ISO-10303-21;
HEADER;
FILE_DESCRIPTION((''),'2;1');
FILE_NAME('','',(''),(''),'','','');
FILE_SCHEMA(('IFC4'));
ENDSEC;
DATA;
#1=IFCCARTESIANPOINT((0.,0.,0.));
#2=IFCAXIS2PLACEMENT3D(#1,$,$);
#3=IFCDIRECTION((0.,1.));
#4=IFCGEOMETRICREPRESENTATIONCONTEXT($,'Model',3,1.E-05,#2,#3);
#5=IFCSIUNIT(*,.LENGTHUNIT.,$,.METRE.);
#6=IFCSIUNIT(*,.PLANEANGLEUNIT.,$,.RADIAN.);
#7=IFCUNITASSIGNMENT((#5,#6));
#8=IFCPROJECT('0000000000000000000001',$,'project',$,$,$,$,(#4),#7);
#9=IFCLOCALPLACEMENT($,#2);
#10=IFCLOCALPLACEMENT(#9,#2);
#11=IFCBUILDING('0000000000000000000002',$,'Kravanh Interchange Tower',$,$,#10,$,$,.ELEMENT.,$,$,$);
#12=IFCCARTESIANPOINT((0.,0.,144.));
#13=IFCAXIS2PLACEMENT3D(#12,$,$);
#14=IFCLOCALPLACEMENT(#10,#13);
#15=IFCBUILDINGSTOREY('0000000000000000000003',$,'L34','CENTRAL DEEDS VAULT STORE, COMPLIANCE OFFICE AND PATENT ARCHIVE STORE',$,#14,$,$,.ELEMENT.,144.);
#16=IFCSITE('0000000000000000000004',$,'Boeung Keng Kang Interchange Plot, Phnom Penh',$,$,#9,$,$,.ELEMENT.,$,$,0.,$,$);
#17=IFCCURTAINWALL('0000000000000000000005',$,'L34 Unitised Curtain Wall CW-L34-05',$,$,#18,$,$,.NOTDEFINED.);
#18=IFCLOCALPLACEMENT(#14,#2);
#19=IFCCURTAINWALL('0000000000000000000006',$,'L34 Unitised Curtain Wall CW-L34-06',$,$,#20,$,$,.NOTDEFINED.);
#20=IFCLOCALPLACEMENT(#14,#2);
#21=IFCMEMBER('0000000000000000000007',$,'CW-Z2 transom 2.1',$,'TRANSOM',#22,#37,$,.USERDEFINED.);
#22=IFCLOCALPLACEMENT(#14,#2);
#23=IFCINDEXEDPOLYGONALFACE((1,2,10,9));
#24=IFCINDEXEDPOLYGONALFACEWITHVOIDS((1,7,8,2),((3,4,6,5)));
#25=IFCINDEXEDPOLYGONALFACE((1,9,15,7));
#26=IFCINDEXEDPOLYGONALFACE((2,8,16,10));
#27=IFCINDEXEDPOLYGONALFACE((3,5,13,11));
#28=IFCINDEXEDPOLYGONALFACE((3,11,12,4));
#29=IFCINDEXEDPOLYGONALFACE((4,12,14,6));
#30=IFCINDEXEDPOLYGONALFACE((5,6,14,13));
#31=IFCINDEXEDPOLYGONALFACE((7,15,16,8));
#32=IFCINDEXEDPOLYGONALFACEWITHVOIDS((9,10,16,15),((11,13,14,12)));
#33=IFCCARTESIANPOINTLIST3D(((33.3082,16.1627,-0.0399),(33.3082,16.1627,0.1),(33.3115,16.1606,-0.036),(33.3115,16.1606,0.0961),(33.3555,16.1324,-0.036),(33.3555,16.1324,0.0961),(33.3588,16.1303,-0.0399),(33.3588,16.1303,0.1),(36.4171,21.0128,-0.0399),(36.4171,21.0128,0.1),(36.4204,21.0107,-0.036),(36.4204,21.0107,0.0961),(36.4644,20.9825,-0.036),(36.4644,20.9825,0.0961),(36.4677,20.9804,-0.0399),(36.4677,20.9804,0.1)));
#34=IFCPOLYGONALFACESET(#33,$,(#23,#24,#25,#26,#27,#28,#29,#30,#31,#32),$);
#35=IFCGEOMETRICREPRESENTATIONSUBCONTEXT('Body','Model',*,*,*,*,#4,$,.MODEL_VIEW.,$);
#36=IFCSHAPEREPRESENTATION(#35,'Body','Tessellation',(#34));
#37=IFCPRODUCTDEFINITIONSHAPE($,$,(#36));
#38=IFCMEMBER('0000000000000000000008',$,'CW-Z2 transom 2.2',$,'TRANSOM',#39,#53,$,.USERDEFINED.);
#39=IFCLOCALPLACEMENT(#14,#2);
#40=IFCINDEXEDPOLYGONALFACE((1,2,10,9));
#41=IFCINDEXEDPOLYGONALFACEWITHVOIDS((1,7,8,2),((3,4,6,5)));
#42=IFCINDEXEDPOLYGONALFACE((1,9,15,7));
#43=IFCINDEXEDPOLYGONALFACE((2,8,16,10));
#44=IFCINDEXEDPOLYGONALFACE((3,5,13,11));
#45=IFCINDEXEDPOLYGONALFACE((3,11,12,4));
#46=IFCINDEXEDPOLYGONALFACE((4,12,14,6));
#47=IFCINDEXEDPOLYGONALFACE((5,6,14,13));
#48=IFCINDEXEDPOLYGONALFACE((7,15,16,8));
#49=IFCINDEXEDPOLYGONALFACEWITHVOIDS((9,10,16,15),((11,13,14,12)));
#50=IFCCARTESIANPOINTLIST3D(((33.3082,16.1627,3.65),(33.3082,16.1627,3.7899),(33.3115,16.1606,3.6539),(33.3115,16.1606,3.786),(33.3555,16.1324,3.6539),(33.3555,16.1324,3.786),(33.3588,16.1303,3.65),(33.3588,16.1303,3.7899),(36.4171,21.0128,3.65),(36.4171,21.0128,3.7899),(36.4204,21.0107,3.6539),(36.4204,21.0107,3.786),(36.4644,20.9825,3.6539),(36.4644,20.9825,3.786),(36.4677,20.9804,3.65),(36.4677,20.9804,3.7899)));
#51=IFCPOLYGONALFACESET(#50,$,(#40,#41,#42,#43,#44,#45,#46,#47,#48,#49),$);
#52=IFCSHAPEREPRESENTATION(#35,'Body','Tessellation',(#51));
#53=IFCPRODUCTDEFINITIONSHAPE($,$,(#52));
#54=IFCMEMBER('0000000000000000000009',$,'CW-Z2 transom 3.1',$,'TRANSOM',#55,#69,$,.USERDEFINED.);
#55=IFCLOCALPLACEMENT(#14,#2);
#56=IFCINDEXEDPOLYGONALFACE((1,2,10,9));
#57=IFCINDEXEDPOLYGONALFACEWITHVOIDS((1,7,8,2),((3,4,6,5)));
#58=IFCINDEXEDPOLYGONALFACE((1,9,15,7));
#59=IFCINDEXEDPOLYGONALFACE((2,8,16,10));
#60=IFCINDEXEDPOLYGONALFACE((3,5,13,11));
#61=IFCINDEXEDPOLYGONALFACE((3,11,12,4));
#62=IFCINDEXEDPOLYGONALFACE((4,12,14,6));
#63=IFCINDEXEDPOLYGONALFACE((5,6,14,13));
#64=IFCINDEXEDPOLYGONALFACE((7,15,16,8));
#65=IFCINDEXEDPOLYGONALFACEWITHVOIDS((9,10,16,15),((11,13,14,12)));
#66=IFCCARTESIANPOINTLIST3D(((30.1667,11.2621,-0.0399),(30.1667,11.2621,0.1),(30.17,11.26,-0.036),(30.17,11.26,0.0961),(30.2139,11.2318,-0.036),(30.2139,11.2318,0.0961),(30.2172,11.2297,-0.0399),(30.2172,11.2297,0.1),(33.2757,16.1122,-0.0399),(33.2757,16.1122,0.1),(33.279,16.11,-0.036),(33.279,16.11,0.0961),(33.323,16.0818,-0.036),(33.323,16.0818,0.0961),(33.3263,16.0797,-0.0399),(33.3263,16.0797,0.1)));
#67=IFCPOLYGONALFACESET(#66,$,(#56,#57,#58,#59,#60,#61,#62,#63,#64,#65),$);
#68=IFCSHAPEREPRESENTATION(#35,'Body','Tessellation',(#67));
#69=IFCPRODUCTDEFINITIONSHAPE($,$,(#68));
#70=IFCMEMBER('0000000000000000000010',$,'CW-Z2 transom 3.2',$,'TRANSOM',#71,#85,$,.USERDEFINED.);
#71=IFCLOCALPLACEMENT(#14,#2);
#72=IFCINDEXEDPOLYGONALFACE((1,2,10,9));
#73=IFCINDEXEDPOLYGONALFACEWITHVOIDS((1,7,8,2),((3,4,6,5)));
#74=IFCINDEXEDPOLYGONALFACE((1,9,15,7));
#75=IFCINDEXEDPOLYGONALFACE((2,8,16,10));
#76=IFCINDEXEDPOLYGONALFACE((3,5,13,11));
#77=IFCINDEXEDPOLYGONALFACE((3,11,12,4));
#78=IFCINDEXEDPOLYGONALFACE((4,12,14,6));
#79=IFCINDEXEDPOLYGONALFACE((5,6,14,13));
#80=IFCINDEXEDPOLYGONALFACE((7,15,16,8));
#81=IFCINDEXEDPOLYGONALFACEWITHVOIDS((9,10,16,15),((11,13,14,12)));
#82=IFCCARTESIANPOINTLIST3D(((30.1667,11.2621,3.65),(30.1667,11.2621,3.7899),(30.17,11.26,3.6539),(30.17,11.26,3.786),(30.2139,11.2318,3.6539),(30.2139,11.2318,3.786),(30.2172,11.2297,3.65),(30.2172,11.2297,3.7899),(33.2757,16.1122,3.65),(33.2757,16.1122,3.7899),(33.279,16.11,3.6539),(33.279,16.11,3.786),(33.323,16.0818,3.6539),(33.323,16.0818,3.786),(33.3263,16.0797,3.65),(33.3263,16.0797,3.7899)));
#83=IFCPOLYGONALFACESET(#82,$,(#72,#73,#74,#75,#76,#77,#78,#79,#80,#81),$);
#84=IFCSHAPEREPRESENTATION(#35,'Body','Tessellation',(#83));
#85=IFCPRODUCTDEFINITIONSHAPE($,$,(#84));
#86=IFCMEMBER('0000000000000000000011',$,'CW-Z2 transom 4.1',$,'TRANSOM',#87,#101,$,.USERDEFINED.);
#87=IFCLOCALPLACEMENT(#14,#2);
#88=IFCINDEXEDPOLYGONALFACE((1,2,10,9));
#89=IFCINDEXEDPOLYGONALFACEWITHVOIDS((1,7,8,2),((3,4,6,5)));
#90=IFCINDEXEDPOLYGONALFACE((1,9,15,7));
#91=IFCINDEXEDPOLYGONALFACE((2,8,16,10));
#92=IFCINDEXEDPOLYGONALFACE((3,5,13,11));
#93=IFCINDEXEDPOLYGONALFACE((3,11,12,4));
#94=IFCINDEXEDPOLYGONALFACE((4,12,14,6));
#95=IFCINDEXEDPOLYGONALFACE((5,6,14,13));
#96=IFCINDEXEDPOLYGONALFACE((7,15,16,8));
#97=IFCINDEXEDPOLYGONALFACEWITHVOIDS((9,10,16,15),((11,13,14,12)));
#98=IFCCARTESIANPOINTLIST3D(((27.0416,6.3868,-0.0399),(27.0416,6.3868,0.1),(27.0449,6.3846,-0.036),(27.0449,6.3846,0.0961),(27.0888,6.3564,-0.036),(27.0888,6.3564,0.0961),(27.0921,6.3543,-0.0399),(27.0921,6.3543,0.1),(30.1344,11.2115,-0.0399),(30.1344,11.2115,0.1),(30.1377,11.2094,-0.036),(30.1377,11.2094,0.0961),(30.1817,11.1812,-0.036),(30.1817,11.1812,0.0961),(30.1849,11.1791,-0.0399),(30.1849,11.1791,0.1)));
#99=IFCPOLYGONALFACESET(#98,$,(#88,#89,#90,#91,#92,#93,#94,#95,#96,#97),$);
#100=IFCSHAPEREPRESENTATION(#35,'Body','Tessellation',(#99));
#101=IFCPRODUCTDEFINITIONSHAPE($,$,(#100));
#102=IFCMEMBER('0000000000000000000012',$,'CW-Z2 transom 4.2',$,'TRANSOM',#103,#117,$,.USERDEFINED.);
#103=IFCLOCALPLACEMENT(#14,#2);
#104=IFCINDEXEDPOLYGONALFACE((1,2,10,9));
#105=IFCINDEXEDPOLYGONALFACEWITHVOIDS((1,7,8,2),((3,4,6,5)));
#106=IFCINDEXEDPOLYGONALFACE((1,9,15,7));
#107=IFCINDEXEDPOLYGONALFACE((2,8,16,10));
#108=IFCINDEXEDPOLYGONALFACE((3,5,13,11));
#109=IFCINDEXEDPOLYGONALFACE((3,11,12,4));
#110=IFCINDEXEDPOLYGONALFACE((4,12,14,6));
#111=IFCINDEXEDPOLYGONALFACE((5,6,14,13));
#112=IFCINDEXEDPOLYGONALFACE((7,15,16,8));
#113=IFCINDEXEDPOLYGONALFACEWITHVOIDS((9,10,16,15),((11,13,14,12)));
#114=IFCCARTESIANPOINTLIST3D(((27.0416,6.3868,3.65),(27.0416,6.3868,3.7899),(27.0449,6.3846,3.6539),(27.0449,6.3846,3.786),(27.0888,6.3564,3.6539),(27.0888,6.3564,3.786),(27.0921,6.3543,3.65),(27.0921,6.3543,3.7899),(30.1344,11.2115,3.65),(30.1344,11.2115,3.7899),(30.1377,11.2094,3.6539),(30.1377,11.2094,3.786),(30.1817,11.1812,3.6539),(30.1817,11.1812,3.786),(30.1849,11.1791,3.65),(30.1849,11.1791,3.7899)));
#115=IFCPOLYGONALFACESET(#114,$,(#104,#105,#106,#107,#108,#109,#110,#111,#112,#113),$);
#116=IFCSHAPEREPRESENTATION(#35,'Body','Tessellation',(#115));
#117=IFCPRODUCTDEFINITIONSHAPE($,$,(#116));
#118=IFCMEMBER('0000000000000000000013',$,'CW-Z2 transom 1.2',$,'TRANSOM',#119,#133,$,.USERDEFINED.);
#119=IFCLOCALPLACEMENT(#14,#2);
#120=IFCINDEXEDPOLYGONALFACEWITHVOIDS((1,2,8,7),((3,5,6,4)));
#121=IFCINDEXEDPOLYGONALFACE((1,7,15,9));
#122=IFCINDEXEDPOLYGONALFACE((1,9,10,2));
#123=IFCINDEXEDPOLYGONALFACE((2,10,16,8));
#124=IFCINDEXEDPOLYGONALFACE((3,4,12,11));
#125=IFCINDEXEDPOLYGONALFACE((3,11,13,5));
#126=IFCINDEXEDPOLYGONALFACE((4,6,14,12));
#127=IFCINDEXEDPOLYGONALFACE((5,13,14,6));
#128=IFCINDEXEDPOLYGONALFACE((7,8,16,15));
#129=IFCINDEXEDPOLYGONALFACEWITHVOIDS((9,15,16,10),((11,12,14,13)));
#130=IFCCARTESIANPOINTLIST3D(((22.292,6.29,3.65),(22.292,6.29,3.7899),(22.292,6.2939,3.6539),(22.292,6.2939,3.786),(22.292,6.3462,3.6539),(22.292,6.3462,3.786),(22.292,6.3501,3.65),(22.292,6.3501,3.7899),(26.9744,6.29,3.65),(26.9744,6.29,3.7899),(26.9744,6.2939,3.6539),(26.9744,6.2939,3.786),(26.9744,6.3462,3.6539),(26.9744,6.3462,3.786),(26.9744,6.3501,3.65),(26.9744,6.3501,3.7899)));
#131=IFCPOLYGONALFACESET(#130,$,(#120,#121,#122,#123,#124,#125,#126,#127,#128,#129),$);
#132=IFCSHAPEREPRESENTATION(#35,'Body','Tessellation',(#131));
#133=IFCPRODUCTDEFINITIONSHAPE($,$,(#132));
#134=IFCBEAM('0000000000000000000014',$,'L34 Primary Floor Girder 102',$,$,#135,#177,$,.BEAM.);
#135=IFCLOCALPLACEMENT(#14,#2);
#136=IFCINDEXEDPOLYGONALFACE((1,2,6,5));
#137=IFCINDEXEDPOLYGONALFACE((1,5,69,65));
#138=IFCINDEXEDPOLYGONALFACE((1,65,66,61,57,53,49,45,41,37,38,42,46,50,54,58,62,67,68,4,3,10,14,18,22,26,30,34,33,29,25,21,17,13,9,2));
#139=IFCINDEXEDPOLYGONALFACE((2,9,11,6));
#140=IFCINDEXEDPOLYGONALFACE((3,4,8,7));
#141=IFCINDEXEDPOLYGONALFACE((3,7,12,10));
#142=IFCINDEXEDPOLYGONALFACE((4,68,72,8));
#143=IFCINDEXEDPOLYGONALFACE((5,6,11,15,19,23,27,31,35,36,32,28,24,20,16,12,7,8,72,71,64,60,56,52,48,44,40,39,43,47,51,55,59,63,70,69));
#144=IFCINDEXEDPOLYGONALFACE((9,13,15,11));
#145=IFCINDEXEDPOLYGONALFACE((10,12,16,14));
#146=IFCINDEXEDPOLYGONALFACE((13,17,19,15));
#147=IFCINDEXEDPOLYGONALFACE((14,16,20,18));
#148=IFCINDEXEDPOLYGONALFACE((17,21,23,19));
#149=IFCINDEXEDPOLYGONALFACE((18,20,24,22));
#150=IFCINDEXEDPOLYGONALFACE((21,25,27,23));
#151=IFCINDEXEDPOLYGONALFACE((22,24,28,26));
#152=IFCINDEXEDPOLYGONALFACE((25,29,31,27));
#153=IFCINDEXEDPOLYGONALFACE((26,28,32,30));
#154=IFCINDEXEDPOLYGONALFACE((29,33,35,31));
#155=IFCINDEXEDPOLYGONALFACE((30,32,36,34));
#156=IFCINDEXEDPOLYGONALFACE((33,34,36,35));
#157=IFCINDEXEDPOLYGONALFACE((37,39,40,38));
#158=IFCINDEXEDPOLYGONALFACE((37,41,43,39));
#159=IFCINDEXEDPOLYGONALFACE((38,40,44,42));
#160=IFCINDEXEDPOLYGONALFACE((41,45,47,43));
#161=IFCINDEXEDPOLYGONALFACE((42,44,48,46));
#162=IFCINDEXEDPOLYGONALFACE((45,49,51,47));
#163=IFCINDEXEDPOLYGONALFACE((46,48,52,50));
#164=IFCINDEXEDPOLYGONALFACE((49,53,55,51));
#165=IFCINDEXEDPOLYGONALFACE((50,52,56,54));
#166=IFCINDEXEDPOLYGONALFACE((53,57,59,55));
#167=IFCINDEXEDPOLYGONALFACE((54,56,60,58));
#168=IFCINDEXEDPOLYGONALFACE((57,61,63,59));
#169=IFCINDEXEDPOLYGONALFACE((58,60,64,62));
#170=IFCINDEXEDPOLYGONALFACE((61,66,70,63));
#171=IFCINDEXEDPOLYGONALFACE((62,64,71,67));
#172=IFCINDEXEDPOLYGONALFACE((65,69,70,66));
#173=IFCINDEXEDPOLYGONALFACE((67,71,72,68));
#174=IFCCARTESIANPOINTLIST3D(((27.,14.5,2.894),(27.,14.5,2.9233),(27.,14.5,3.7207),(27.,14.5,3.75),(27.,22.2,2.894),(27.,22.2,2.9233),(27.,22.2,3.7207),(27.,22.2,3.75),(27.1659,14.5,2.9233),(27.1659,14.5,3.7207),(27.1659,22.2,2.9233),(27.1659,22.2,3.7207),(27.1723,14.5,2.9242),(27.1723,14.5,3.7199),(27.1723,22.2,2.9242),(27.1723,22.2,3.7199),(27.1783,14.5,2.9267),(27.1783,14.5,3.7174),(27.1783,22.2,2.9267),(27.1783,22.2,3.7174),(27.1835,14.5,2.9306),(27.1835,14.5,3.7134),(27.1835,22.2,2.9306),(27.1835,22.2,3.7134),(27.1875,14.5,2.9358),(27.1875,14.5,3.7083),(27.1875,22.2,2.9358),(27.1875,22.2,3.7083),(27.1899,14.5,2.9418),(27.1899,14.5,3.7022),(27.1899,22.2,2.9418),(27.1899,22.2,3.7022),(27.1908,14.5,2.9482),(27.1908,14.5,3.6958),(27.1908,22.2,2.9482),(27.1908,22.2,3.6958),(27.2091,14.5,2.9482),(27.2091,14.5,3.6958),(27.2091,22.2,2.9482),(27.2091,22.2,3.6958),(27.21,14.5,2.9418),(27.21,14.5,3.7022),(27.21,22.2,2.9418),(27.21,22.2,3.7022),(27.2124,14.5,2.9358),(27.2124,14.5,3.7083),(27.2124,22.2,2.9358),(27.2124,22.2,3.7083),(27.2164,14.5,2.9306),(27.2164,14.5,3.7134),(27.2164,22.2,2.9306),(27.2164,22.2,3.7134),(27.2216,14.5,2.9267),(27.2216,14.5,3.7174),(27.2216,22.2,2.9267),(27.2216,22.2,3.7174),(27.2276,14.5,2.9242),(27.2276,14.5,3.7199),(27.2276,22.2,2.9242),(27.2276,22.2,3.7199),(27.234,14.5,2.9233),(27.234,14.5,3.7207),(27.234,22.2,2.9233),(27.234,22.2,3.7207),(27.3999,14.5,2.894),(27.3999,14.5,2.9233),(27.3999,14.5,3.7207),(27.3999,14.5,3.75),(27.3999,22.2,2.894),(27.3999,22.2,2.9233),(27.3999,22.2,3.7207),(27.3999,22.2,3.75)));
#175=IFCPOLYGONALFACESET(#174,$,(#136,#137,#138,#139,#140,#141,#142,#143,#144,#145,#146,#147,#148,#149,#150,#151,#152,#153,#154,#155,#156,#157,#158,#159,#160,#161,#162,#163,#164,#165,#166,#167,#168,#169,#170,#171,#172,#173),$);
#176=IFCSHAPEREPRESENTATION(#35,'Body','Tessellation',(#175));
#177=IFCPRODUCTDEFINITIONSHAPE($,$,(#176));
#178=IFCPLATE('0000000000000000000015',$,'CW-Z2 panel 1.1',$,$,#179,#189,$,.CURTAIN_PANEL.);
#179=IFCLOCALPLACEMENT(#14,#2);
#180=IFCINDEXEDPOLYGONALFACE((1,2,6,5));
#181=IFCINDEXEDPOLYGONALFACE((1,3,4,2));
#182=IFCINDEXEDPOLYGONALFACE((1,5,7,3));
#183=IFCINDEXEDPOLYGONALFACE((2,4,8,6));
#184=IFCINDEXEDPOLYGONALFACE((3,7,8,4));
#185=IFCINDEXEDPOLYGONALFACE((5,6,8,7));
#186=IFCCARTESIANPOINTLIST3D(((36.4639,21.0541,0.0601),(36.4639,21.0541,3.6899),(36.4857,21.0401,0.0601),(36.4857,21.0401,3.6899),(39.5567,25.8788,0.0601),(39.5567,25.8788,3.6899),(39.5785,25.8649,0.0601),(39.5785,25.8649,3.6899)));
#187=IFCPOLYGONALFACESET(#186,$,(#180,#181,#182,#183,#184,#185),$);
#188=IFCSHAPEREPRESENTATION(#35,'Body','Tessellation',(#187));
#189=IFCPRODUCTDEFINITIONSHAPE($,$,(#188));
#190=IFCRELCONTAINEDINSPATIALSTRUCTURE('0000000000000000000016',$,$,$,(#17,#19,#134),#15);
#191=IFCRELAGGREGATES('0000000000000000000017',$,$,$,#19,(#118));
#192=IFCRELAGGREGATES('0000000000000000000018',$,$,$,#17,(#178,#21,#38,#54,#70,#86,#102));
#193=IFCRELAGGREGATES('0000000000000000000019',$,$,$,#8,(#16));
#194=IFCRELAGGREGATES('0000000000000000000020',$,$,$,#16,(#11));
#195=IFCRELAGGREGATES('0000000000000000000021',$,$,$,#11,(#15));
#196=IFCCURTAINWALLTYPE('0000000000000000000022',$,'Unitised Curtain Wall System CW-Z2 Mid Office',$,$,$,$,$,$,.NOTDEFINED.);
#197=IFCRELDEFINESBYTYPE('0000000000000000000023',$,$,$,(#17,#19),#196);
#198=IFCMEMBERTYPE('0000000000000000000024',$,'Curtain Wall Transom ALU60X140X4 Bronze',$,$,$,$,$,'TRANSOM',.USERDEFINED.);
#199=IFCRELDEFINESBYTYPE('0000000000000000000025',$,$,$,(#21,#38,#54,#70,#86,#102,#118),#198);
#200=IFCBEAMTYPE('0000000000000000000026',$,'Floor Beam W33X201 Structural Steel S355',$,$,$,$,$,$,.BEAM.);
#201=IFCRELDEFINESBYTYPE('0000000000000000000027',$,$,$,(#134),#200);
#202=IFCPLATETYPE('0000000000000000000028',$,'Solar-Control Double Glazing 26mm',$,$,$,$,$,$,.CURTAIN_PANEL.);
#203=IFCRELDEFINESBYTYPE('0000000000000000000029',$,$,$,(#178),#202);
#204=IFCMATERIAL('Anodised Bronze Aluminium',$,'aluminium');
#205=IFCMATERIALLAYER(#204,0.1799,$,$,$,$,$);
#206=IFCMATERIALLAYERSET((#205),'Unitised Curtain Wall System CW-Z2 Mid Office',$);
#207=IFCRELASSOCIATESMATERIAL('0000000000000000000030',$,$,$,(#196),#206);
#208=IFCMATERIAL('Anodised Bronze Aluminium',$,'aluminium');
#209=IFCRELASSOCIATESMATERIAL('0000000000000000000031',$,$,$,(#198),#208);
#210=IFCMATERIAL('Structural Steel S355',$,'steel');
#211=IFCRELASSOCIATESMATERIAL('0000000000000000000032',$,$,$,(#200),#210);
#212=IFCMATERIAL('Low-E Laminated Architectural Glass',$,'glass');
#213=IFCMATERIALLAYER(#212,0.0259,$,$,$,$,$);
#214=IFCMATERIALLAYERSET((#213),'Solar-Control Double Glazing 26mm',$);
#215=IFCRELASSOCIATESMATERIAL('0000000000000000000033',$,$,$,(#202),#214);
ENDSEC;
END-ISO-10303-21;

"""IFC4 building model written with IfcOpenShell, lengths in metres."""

from ifc_helpers import new_model, si_unit, direction, frame, origin, origin_2d, place, context, subcontext, project, spatial, rectangle, hollow_rectangle, i_section, extrude, material, layer, layer_set, material_profile, profile_set, type_object, element, aggregate, save


model = new_model("IFC4")

# Units and contexts
model_context = context("Model", 3, precision=1e-05, world=origin(), true_north=direction((0.0, 1.0)))
body_context = subcontext(model_context, "Body", "Model", "MODEL_VIEW")
ifc_project = project(units=[si_unit("LENGTHUNIT", "METRE"), si_unit("PLANEANGLEUNIT", "RADIAN")], contexts=[model_context])

# Site, building, storey
site_placement = place(None, origin())
site = spatial("IfcSite", under=ifc_project, at=site_placement, Name="Boeung Keng Kang Interchange Plot, Phnom Penh", CompositionType="ELEMENT", RefElevation=0.0)
building_placement = place(site_placement, origin())
building = spatial("IfcBuilding", under=site, at=building_placement, Name="Kravanh Interchange Tower", CompositionType="ELEMENT")
storey_placement = place(building_placement, frame((0.0, 0.0, 144.0)))
storey = spatial("IfcBuildingStorey", under=building, at=storey_placement, Name="L34", Description="CENTRAL DEEDS VAULT STORE, COMPLIANCE OFFICE AND PATENT ARCHIVE STORE", CompositionType="ELEMENT", Elevation=144.0)

# Curtain wall
ifc_material_1 = material(Name="Anodised Bronze Aluminium", Category="aluminium")
ifc_layer_1 = layer(ifc_material_1, 0.1799)
ifc_layer_set_1 = layer_set([ifc_layer_1], Name="Unitised Curtain Wall System CW-Z2 Mid Office")
curtain_wall_type = type_object("IfcCurtainWallType", Name="Unitised Curtain Wall System CW-Z2 Mid Office", PredefinedType="NOTDEFINED", material=ifc_layer_set_1)
curtain_wall_1_placement = place(storey_placement, origin())
curtain_wall_1 = element("IfcCurtainWall", 1, at=curtain_wall_1_placement, inside=storey, type_object=curtain_wall_type, Name="L34 Unitised Curtain Wall CW-L34-05", PredefinedType="NOTDEFINED")

# Curtain wall
curtain_wall_2_placement = place(storey_placement, origin())
curtain_wall_2 = element("IfcCurtainWall", 2, at=curtain_wall_2_placement, inside=storey, type_object=curtain_wall_type, Name="L34 Unitised Curtain Wall CW-L34-06", PredefinedType="NOTDEFINED")

# Members
ifc_material_2 = material(Name="Anodised Bronze Aluminium", Category="aluminium")
ifc_material_profile_1 = material_profile(ifc_material_2, hollow_rectangle(XDim=0.0601, YDim=0.1399, WallThickness=0.0039, at=origin_2d()), Name="ALU60X140X4")
ifc_profile_set_1 = profile_set([ifc_material_profile_1], Name="Anodised Bronze Aluminium")
member_type_1 = type_object("IfcMemberType", Name="Curtain Wall Transom ALU60X140X4 Bronze", ElementType="TRANSOM", PredefinedType="USERDEFINED", material=ifc_profile_set_1)
member_1_placement = place(storey_placement, frame((36.4424, 20.9966, 0.03), z_axis=(-0.539648, -0.841891, 0.0), x_axis=(0.841891, -0.539648, 0.0)))
member_1 = element("IfcMember", 3, at=member_1_placement, type_object=member_type_1, Name="CW-Z2 transom 2.1", ObjectType="TRANSOM", PredefinedType="USERDEFINED", context=body_context, shape_type="SweptSolid", body=[
    extrude(hollow_rectangle(XDim=0.0601, YDim=0.1399, WallThickness=0.0039, at=origin_2d()), origin(), (0.0, 0.0, 1.0), 5.761),
])
member_2_placement = place(storey_placement, frame((36.4424, 20.9966, 3.72), z_axis=(-0.539648, -0.841891, 0.0), x_axis=(0.841891, -0.539648, 0.0)))
member_2 = element("IfcMember", 4, at=member_2_placement, type_object=member_type_1, Name="CW-Z2 transom 2.2", ObjectType="TRANSOM", PredefinedType="USERDEFINED", context=body_context, shape_type="SweptSolid", body=[
    extrude(hollow_rectangle(XDim=0.0601, YDim=0.1399, WallThickness=0.0039, at=origin_2d()), origin(), (0.0, 0.0, 1.0), 5.761),
])
member_3_placement = place(storey_placement, frame((33.301, 16.0959, 0.03), z_axis=(-0.539678, -0.841872, 0.0), x_axis=(0.841872, -0.539678, 0.0)))
member_3 = element("IfcMember", 5, at=member_3_placement, type_object=member_type_1, Name="CW-Z2 transom 3.1", ObjectType="TRANSOM", PredefinedType="USERDEFINED", context=body_context, shape_type="SweptSolid", body=[
    extrude(hollow_rectangle(XDim=0.0601, YDim=0.1399, WallThickness=0.0039, at=origin_2d()), origin(), (0.0, 0.0, 1.0), 5.761),
])
member_4_placement = place(storey_placement, frame((33.301, 16.0959, 3.72), z_axis=(-0.539678, -0.841872, 0.0), x_axis=(0.841872, -0.539678, 0.0)))
member_4 = element("IfcMember", 6, at=member_4_placement, type_object=member_type_1, Name="CW-Z2 transom 3.2", ObjectType="TRANSOM", PredefinedType="USERDEFINED", context=body_context, shape_type="SweptSolid", body=[
    extrude(hollow_rectangle(XDim=0.0601, YDim=0.1399, WallThickness=0.0039, at=origin_2d()), origin(), (0.0, 0.0, 1.0), 5.761),
])
member_5_placement = place(storey_placement, frame((30.1597, 11.1953, 0.03), z_axis=(-0.539668, -0.841878, 0.0), x_axis=(0.841878, -0.539668, 0.0)))
member_5 = element("IfcMember", 7, at=member_5_placement, type_object=member_type_1, Name="CW-Z2 transom 4.1", ObjectType="TRANSOM", PredefinedType="USERDEFINED", context=body_context, shape_type="SweptSolid", body=[
    extrude(hollow_rectangle(XDim=0.0601, YDim=0.1399, WallThickness=0.0039, at=origin_2d()), origin(), (0.0, 0.0, 1.0), 5.731),
])
member_6_placement = place(storey_placement, frame((30.1597, 11.1953, 3.72), z_axis=(-0.539668, -0.841878, 0.0), x_axis=(0.841878, -0.539668, 0.0)))
member_6 = element("IfcMember", 8, at=member_6_placement, type_object=member_type_1, Name="CW-Z2 transom 4.2", ObjectType="TRANSOM", PredefinedType="USERDEFINED", context=body_context, shape_type="SweptSolid", body=[
    extrude(hollow_rectangle(XDim=0.0601, YDim=0.1399, WallThickness=0.0039, at=origin_2d()), origin(), (0.0, 0.0, 1.0), 5.731),
])
member_7_placement = place(storey_placement, frame((26.9744, 6.3201, 3.72), z_axis=(-1.0, 0.0, 0.0), x_axis=(0.0, -1.0, 0.0)))
member_7 = element("IfcMember", 9, at=member_7_placement, type_object=member_type_1, Name="CW-Z2 transom 1.2", ObjectType="TRANSOM", PredefinedType="USERDEFINED", context=body_context, shape_type="SweptSolid", body=[
    extrude(hollow_rectangle(XDim=0.0601, YDim=0.1399, WallThickness=0.0039, at=origin_2d()), origin(), (0.0, 0.0, 1.0), 4.6824),
])
aggregate(curtain_wall_2, [member_7])

# Beam
ifc_material_3 = material(Name="Structural Steel S355", Category="steel")
ifc_material_profile_2 = material_profile(ifc_material_3, i_section(OverallWidth=0.3999, OverallDepth=0.856, WebThickness=0.0183, FlangeThickness=0.0293, FilletRadius=0.0249, at=origin_2d()), Name="W33X201")
ifc_profile_set_2 = profile_set([ifc_material_profile_2], Name="Structural Steel S355")
beam_type = type_object("IfcBeamType", Name="Floor Beam W33X201 Structural Steel S355", PredefinedType="BEAM", material=ifc_profile_set_2)
beam_placement = place(storey_placement, frame((27.2, 14.5, 3.322), z_axis=(0.0, 1.0, 0.0), x_axis=(-1.0, 0.0, 0.0)))
element("IfcBeam", 10, at=beam_placement, inside=storey, type_object=beam_type, Name="L34 Primary Floor Girder 102", PredefinedType="BEAM", context=body_context, shape_type="SweptSolid", body=[
    extrude(i_section(OverallWidth=0.3999, OverallDepth=0.856, WebThickness=0.0183, FlangeThickness=0.0293, FilletRadius=0.0249, at=origin_2d()), origin(), (0.0, 0.0, 1.0), 7.7),
])

# Plate
ifc_material_4 = material(Name="Low-E Laminated Architectural Glass", Category="glass")
ifc_layer_2 = layer(ifc_material_4, 0.0259)
ifc_layer_set_2 = layer_set([ifc_layer_2], Name="Solar-Control Double Glazing 26mm")
plate_type = type_object("IfcPlateType", Name="Solar-Control Double Glazing 26mm", PredefinedType="CURTAIN_PANEL", material=ifc_layer_set_2)
plate_1_placement = place(storey_placement, frame((38.0212, 23.4595, 0.0601), z_axis=(0.0, 0.0, 1.0), x_axis=(-0.539665, -0.84188, 0.0)))
plate_1 = element("IfcPlate", 11, at=plate_1_placement, type_object=plate_type, Name="CW-Z2 panel 1.1", PredefinedType="CURTAIN_PANEL", context=body_context, shape_type="SweptSolid", body=[
    extrude(rectangle(XDim=5.731, YDim=0.0259, at=origin_2d()), origin(), (0.0, 0.0, 1.0), 3.6299),
])
aggregate(curtain_wall_1, [plate_1, member_1, member_2, member_3, member_4, member_5, member_6])

save(model, "model.ifc")
